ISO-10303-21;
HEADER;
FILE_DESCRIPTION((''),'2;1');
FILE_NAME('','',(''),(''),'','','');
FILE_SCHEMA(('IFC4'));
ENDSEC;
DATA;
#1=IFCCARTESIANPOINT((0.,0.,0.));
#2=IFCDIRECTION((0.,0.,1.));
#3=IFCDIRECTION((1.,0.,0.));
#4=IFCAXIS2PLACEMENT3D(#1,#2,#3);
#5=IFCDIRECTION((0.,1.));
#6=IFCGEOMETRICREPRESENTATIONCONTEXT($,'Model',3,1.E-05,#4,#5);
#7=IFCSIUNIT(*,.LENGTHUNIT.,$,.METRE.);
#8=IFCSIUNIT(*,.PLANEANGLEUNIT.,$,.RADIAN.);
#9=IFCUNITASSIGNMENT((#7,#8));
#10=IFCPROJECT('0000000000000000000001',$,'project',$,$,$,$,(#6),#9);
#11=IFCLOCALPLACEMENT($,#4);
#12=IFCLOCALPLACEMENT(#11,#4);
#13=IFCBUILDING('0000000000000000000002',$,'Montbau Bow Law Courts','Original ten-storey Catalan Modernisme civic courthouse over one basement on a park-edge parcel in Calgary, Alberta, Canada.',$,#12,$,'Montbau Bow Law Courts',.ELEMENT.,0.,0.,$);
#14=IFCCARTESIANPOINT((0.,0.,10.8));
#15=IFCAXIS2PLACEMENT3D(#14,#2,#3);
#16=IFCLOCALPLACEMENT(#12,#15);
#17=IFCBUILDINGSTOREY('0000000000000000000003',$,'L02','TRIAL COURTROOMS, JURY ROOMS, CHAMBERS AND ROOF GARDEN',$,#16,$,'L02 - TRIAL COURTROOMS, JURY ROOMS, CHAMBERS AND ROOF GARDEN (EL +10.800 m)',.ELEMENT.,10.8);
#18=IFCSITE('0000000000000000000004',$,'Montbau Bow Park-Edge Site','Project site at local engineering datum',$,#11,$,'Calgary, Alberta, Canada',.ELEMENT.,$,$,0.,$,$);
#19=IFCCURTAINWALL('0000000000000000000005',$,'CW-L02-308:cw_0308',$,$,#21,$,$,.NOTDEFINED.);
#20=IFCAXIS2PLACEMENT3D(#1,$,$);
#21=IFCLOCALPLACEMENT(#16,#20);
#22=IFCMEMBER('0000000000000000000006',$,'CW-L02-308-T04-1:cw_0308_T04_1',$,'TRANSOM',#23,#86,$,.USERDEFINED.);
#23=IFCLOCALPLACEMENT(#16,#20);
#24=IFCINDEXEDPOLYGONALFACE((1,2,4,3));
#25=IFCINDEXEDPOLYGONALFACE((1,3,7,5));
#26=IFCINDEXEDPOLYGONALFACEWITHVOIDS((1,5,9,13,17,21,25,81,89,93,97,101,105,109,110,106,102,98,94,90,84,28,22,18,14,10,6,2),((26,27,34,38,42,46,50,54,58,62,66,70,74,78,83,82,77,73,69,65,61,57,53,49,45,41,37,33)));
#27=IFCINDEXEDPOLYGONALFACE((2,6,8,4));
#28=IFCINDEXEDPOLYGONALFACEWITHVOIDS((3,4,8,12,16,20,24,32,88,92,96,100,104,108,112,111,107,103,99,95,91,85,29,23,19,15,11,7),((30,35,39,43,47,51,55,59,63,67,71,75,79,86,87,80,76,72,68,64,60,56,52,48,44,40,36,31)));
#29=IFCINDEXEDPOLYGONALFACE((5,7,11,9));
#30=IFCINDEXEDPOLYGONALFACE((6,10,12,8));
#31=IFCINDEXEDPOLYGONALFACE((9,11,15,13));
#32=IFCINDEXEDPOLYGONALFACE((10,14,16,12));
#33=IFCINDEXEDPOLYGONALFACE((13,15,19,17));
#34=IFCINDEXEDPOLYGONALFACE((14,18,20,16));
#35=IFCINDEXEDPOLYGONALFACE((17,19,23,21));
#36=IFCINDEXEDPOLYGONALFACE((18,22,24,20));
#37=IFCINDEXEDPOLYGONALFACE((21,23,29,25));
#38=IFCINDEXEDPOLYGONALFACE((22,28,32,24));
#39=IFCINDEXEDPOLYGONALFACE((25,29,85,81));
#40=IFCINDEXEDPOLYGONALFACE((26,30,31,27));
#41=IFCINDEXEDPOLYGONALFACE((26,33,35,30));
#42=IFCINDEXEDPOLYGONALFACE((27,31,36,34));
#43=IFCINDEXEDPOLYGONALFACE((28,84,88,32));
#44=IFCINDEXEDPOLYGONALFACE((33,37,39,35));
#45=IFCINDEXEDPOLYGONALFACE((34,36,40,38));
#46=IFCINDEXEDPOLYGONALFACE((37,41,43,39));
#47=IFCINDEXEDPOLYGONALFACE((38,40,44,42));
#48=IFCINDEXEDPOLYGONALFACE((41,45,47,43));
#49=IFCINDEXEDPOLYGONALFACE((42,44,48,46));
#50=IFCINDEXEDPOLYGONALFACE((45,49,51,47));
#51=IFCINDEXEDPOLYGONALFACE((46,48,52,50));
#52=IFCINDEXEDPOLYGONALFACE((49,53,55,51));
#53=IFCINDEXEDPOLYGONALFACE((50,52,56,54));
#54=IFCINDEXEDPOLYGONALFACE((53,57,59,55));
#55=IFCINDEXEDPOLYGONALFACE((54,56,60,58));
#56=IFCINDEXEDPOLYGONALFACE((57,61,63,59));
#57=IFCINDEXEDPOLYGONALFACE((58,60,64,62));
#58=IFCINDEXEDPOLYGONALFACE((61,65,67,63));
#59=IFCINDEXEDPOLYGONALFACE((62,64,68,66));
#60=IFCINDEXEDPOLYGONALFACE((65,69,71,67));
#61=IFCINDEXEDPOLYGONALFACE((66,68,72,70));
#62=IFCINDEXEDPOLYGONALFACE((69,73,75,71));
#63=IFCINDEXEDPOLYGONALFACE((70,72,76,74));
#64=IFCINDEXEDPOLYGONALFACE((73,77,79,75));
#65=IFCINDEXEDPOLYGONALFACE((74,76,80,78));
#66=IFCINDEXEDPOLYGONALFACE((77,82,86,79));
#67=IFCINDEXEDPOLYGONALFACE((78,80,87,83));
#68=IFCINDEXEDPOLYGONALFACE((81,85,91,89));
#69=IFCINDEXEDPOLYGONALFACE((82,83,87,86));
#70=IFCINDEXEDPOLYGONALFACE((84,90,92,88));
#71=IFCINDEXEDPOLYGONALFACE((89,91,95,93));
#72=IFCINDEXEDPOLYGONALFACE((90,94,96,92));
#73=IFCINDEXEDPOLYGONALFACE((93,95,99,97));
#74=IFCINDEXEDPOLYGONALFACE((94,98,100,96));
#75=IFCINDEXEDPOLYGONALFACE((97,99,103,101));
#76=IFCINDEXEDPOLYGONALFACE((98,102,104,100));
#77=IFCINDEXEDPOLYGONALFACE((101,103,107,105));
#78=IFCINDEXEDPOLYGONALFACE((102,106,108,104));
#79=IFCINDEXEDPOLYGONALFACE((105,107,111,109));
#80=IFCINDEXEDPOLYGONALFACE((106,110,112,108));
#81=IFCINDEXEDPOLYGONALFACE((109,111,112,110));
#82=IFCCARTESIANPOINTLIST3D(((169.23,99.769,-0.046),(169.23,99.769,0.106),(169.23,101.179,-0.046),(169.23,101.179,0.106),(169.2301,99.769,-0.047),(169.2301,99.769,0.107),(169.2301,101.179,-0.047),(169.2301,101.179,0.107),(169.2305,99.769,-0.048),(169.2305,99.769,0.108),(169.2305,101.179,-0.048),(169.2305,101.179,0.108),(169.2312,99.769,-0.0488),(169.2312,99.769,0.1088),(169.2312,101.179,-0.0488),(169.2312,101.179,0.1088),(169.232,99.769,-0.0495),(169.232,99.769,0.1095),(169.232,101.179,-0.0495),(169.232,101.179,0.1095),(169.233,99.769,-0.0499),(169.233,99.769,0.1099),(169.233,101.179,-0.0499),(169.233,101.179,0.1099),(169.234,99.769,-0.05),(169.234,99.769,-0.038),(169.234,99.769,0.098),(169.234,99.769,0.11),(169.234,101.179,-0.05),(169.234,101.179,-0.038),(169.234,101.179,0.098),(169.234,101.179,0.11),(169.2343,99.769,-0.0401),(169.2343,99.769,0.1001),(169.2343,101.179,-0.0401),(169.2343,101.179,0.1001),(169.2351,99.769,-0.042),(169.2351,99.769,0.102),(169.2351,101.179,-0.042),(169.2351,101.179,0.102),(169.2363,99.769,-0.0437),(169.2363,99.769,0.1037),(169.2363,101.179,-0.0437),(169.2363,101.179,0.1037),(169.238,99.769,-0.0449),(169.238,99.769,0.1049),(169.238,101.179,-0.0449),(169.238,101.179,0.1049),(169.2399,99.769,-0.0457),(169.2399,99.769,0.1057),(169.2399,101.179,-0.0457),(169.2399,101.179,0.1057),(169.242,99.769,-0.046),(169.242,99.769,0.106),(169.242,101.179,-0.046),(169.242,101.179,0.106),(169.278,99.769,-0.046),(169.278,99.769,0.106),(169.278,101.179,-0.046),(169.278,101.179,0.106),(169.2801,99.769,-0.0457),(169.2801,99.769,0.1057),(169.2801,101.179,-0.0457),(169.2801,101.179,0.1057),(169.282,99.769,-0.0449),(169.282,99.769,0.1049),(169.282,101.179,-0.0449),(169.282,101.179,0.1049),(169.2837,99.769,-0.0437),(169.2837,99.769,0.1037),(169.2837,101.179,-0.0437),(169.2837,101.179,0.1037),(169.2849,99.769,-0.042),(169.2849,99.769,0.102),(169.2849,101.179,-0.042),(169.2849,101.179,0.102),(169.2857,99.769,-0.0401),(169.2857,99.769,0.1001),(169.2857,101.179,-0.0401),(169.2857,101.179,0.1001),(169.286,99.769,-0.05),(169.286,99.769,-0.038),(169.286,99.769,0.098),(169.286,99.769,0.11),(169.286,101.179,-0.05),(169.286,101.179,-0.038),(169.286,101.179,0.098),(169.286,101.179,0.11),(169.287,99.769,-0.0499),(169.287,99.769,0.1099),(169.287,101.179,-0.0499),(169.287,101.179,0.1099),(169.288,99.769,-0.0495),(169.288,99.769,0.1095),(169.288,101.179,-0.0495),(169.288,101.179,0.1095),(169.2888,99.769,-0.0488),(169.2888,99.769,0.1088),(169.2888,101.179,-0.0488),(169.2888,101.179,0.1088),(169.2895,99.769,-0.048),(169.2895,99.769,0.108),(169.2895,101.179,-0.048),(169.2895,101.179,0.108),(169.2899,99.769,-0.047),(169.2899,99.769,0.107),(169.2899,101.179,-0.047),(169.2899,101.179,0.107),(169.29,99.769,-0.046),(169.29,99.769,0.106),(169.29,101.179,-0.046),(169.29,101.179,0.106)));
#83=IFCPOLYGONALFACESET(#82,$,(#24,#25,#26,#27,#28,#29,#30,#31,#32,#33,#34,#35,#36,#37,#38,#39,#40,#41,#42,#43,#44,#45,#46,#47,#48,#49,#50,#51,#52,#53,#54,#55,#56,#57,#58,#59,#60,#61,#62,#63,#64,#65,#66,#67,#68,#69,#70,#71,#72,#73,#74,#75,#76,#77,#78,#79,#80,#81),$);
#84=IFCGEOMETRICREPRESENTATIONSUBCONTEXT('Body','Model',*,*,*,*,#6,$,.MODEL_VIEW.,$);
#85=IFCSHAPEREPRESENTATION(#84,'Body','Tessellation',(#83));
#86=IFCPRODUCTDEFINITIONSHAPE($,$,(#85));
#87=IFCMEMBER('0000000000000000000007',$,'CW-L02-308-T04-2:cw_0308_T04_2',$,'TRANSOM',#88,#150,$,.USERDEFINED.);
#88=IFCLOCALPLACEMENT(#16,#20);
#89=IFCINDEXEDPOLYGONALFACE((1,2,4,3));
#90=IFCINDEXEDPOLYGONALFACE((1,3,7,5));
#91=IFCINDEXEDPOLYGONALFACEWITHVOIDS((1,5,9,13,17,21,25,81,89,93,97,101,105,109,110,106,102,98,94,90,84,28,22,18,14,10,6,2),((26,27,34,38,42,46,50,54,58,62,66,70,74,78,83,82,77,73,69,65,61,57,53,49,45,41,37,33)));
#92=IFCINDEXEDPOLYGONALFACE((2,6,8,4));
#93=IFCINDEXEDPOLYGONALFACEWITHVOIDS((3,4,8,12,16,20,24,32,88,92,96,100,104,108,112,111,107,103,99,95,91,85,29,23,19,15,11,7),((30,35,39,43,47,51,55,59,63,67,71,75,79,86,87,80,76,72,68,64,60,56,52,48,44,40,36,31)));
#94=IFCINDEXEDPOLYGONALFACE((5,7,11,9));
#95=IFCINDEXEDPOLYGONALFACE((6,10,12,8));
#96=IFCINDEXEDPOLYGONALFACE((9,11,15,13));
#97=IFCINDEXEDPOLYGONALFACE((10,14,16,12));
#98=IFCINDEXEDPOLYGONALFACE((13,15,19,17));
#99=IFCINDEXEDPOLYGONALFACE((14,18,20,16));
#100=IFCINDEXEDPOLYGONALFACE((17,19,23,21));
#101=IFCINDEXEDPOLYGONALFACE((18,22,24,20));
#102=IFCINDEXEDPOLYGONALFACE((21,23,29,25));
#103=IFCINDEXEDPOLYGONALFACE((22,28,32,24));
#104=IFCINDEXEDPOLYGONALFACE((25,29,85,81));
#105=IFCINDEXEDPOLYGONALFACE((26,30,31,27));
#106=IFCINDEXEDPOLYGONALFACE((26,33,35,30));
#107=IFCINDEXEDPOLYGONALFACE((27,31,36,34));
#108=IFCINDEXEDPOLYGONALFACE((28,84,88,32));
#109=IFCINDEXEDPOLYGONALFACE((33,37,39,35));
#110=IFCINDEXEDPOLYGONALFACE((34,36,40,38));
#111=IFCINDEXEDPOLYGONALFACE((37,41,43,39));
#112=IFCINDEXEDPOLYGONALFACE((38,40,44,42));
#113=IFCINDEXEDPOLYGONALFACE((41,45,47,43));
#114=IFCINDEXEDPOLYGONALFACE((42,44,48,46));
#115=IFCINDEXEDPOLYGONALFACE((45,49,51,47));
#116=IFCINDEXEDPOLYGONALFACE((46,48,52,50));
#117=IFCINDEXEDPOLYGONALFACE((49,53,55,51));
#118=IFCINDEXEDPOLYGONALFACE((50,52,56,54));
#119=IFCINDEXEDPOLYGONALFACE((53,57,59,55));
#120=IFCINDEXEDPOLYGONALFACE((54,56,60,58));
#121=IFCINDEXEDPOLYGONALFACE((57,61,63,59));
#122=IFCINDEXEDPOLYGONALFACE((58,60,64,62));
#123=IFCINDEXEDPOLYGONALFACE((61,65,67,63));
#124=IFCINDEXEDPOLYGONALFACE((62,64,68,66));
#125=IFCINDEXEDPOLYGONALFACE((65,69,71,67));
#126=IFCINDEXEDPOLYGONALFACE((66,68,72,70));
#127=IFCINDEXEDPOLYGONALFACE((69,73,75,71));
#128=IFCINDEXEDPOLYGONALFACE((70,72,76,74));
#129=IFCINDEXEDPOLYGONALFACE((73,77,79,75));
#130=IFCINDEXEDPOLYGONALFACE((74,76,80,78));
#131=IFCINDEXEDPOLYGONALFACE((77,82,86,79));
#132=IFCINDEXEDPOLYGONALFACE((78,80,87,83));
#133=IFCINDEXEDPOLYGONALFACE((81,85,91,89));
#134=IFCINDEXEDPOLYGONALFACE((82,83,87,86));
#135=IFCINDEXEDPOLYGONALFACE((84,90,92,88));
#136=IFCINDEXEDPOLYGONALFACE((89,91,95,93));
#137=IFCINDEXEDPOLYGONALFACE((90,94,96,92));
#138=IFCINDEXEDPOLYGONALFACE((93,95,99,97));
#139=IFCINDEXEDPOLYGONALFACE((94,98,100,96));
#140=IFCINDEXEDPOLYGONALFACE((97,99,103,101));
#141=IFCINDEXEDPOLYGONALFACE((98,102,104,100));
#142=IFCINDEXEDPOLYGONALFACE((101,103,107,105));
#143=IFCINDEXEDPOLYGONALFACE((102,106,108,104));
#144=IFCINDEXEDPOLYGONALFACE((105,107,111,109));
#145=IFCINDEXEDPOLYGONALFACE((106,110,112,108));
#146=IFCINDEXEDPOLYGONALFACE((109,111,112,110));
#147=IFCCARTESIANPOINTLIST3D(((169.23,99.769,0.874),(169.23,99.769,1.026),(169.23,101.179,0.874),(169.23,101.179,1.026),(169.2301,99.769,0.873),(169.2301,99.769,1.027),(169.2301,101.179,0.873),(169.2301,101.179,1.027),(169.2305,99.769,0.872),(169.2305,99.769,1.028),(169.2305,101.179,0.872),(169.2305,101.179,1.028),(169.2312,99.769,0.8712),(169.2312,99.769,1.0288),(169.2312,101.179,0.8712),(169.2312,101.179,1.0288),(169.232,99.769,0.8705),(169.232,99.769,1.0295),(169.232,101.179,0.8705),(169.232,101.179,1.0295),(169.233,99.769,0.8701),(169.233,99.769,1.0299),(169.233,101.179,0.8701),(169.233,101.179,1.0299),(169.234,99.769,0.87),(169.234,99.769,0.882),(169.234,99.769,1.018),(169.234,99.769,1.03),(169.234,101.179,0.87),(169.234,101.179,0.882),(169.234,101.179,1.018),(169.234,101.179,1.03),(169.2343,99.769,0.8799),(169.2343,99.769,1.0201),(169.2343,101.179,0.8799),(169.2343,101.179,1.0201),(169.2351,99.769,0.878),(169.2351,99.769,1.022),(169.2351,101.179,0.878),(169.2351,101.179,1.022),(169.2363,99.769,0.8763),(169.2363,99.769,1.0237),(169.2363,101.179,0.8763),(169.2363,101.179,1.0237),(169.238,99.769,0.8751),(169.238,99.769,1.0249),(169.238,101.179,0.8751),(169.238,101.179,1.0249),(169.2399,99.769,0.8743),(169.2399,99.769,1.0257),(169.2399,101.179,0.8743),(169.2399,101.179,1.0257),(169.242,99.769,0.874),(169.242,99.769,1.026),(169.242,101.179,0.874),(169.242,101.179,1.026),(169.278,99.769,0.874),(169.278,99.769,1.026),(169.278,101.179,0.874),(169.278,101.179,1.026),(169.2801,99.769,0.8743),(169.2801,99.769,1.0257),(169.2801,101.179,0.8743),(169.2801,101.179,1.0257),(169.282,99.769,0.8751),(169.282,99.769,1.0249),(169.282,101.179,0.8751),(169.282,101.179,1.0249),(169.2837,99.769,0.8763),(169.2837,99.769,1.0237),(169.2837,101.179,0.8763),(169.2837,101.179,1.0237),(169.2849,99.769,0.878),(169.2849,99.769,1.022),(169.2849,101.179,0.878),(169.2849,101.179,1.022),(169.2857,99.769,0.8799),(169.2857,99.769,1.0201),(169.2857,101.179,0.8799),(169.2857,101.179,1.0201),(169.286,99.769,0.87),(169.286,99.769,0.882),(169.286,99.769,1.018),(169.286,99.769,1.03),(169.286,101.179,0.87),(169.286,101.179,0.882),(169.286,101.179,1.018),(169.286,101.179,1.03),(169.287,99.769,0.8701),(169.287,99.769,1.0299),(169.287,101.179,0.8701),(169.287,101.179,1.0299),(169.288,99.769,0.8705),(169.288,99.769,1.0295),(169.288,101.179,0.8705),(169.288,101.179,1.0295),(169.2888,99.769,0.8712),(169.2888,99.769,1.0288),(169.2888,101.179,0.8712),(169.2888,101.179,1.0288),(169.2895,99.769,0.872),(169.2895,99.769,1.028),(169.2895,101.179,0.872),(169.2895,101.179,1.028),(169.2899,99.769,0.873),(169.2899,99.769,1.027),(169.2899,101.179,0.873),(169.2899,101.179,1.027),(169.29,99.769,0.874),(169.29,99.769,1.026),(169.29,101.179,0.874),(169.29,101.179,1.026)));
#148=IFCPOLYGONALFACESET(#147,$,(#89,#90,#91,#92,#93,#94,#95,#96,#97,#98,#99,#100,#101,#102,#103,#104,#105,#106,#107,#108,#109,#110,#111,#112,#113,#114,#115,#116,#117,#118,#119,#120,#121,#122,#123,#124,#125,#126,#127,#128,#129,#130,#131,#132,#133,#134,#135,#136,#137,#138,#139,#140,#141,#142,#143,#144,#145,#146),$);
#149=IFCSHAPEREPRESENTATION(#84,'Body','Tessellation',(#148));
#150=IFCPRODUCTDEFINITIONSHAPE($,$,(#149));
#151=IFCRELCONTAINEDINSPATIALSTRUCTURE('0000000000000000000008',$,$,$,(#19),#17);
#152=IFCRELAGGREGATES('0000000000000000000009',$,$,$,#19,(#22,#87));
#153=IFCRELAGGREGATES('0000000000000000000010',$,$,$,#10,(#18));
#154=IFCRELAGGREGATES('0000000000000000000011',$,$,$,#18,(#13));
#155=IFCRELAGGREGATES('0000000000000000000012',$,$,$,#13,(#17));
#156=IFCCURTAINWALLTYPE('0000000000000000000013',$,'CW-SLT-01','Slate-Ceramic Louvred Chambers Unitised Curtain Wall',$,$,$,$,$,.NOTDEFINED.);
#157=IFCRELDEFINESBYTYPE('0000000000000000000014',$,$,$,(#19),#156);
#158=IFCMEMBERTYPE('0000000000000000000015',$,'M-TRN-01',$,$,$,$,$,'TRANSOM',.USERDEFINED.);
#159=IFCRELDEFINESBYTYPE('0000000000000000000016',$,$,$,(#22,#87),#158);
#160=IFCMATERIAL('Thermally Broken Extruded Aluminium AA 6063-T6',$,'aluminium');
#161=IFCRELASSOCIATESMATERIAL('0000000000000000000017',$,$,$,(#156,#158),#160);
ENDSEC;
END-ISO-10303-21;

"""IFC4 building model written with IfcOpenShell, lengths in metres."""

from ifc_helpers import new_model, si_unit, direction, frame, origin_with_axes, origin_2d_with_axis, place, context, subcontext, project, spatial, hollow_rectangle, extrude, material, material_profile, profile_set, type_object, element, aggregate, save


model = new_model("IFC4")

# Units and contexts
model_context = context("Model", 3, precision=1e-05, world=origin_with_axes(), true_north=direction((0.0, 1.0)))
body_context = subcontext(model_context, "Body", "Model", "MODEL_VIEW")
ifc_project = project(units=[si_unit("LENGTHUNIT", "METRE"), si_unit("PLANEANGLEUNIT", "RADIAN")], contexts=[model_context])

# Site, building, storey
site_placement = place(None, origin_with_axes())
site = spatial("IfcSite", under=ifc_project, at=site_placement, Name="Montbau Bow Park-Edge Site", Description="Project site at local engineering datum", LongName="Calgary, Alberta, Canada", CompositionType="ELEMENT", RefElevation=0.0)
building_placement = place(site_placement, origin_with_axes())
building = spatial("IfcBuilding", under=site, at=building_placement, Name="Montbau Bow Law Courts", Description="Original ten-storey Catalan Modernisme civic courthouse over one basement on a park-edge parcel in Calgary, Alberta, Canada.", LongName="Montbau Bow Law Courts", CompositionType="ELEMENT", ElevationOfRefHeight=0.0, ElevationOfTerrain=0.0)
storey_placement = place(building_placement, frame((0.0, 0.0, 10.8), z_axis=(0.0, 0.0, 1.0), x_axis=(1.0, 0.0, 0.0)))
storey = spatial("IfcBuildingStorey", under=building, at=storey_placement, Name="L02", Description="TRIAL COURTROOMS, JURY ROOMS, CHAMBERS AND ROOF GARDEN", LongName="L02 - TRIAL COURTROOMS, JURY ROOMS, CHAMBERS AND ROOF GARDEN (EL +10.800 m)", CompositionType="ELEMENT", Elevation=10.8)

# Curtain wall, members
ifc_material_1 = material(Name="Thermally Broken Extruded Aluminium AA 6063-T6", Category="aluminium")
curtain_wall_type = type_object("IfcCurtainWallType", Name="CW-SLT-01", Description="Slate-Ceramic Louvred Chambers Unitised Curtain Wall", PredefinedType="NOTDEFINED", material=ifc_material_1)
curtain_wall_placement = place(None, frame((169.26, 95.315, 10.8), z_axis=(0.0, 0.0, 1.0), x_axis=(1.0, 0.0, 0.0)))
curtain_wall = element("IfcCurtainWall", 1, at=curtain_wall_placement, inside=storey, type_object=curtain_wall_type, Name="CW-L02-308:cw_0308", PredefinedType="NOTDEFINED")
ifc_material_profile_1 = material_profile(ifc_material_1, hollow_rectangle(XDim=0.06, YDim=0.16, WallThickness=0.004, InnerFilletRadius=0.008, OuterFilletRadius=0.004, at=origin_2d_with_axis()), Name="CWT-160X60", Category="Main", Priority=0)
ifc_profile_set_1 = profile_set([ifc_material_profile_1], Name="Thermally Broken Extruded Aluminium AA 6063-T6")
member_type_1 = type_object("IfcMemberType", Name="M-TRN-01", ElementType="TRANSOM", PredefinedType="USERDEFINED", material=ifc_profile_set_1)
member_1_placement = place(None, frame((169.26, 99.769, 10.83), z_axis=(0.0, 1.0, 0.0), x_axis=(-1.0, 0.0, 0.0)))
member_1 = element("IfcMember", 2, at=member_1_placement, type_object=member_type_1, Name="CW-L02-308-T04-1:cw_0308_T04_1", ObjectType="TRANSOM", PredefinedType="USERDEFINED", context=body_context, shape_type="SweptSolid", body=[
    extrude(hollow_rectangle(XDim=0.06, YDim=0.16, WallThickness=0.004, InnerFilletRadius=0.008, OuterFilletRadius=0.004, at=origin_2d_with_axis()), origin_with_axes(), (0.0, 0.0, 1.0), 1.41),
])
member_2_placement = place(None, frame((169.26, 99.769, 11.75), z_axis=(0.0, 1.0, 0.0), x_axis=(-1.0, 0.0, 0.0)))
member_2 = element("IfcMember", 3, at=member_2_placement, type_object=member_type_1, Name="CW-L02-308-T04-2:cw_0308_T04_2", ObjectType="TRANSOM", PredefinedType="USERDEFINED", context=body_context, shape_type="SweptSolid", body=[
    extrude(hollow_rectangle(XDim=0.06, YDim=0.16, WallThickness=0.004, InnerFilletRadius=0.008, OuterFilletRadius=0.004, at=origin_2d_with_axis()), origin_with_axes(), (0.0, 0.0, 1.0), 1.41),
])
aggregate(curtain_wall, [member_1, member_2])

save(model, "model.ifc")
